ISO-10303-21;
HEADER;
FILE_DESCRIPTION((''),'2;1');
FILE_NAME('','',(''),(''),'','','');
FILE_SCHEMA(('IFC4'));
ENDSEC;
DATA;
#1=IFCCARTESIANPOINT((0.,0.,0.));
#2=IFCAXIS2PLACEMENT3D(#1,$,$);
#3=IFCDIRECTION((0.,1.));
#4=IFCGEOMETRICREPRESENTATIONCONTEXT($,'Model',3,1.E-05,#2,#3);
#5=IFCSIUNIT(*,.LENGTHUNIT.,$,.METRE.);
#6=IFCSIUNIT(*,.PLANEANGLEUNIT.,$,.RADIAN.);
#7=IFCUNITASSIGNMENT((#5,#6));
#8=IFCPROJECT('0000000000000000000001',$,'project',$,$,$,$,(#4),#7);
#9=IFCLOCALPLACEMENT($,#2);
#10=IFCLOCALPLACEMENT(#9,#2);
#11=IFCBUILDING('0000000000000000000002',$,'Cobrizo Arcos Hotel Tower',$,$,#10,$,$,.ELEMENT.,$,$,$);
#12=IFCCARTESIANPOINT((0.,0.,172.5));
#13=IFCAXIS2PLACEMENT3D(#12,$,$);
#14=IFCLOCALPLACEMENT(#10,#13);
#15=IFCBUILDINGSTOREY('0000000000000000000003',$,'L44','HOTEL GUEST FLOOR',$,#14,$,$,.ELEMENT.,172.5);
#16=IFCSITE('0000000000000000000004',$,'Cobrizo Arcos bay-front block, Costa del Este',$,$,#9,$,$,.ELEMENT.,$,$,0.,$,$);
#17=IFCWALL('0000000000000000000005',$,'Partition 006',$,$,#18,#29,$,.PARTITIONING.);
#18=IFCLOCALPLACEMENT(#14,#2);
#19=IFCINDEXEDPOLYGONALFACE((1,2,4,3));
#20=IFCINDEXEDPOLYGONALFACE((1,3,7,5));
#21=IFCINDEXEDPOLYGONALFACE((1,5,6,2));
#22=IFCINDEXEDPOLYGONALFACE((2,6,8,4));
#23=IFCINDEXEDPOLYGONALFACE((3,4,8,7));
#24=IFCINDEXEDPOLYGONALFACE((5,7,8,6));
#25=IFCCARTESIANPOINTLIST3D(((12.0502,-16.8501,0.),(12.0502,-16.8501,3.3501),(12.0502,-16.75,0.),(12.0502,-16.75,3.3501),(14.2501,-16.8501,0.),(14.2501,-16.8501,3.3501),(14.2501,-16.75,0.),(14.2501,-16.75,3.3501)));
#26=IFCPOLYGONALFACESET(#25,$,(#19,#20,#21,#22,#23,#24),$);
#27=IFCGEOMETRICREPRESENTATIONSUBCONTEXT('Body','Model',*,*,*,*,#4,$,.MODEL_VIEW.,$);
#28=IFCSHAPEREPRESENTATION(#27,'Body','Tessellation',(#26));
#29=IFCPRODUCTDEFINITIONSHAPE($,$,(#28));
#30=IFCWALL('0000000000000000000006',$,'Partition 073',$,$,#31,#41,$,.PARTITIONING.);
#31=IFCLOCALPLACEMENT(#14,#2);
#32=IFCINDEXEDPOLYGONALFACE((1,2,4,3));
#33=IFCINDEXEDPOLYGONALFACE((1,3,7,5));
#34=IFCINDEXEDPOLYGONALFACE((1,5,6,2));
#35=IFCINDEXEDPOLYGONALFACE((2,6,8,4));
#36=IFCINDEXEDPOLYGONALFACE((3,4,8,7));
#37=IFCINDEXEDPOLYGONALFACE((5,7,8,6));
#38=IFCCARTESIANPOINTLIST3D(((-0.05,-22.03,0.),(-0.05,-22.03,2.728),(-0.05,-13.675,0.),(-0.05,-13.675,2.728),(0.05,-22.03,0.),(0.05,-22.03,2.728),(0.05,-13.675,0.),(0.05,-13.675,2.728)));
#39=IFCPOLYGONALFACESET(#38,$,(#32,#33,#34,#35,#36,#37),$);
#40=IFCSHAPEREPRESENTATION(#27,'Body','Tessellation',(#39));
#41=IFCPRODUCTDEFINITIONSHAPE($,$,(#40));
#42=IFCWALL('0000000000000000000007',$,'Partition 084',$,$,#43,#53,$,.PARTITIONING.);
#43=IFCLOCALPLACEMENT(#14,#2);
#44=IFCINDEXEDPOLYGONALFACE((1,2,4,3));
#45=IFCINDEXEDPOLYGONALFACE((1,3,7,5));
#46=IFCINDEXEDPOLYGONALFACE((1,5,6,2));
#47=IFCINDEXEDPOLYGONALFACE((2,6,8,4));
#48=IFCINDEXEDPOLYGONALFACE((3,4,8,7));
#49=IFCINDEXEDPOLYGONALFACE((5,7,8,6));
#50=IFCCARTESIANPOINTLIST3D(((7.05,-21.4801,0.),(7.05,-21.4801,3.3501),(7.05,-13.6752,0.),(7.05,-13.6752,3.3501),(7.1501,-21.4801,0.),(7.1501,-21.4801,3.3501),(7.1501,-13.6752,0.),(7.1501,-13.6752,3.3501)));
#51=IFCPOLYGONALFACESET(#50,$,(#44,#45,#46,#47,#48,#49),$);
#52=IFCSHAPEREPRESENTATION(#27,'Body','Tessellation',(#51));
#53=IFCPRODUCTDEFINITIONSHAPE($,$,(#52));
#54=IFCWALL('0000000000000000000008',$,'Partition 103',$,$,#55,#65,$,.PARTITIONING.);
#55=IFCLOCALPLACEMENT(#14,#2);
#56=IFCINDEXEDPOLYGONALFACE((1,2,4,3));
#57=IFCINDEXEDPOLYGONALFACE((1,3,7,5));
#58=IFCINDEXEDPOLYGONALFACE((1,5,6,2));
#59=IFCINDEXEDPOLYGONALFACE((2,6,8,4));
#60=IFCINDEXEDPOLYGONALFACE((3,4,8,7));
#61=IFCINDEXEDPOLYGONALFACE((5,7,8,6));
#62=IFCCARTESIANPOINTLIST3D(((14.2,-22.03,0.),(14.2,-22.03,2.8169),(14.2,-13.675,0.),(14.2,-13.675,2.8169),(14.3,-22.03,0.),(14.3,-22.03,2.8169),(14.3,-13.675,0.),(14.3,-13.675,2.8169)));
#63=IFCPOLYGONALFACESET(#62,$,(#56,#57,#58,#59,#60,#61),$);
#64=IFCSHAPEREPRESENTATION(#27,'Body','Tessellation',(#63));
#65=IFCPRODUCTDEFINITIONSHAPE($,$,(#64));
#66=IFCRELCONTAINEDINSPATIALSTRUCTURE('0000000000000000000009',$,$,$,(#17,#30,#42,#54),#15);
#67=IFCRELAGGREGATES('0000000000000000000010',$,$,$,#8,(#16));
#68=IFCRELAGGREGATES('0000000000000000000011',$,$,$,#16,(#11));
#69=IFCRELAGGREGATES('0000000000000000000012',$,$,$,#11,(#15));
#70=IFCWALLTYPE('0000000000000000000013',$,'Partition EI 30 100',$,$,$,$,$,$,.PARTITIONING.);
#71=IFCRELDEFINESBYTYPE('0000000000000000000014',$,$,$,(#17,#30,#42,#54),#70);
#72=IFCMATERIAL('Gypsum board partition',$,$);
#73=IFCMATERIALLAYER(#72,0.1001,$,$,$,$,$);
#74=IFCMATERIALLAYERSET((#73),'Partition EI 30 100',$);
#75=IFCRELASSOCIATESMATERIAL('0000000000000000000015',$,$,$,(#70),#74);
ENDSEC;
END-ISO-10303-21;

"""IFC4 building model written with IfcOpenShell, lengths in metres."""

from ifc_helpers import new_model, si_unit, direction, frame, frame_2d, origin, place, context, subcontext, project, spatial, rectangle, extrude, material, layer, layer_set, type_object, element, save


model = new_model("IFC4")

# Units and contexts
model_context = context("Model", 3, precision=1e-05, world=origin(), true_north=direction((0.0, 1.0)))
body_context = subcontext(model_context, "Body", "Model", "MODEL_VIEW")
ifc_project = project(units=[si_unit("LENGTHUNIT", "METRE"), si_unit("PLANEANGLEUNIT", "RADIAN")], contexts=[model_context])

# Site, building, storey
site_placement = place(None, origin())
site = spatial("IfcSite", under=ifc_project, at=site_placement, Name="Cobrizo Arcos bay-front block, Costa del Este", CompositionType="ELEMENT", RefElevation=0.0)
building_placement = place(site_placement, origin())
building = spatial("IfcBuilding", under=site, at=building_placement, Name="Cobrizo Arcos Hotel Tower", CompositionType="ELEMENT")
storey_placement = place(building_placement, frame((0.0, 0.0, 172.5)))
storey = spatial("IfcBuildingStorey", under=building, at=storey_placement, Name="L44", Description="HOTEL GUEST FLOOR", CompositionType="ELEMENT", Elevation=172.5)

# Shared definitions
ifc_material_1 = material(Name="Gypsum board partition")
ifc_layer_1 = layer(ifc_material_1, 0.1001)
ifc_layer_set_1 = layer_set([ifc_layer_1], Name="Partition EI 30 100")
wall_type = type_object("IfcWallType", Name="Partition EI 30 100", PredefinedType="PARTITIONING", material=ifc_layer_set_1)

# Walls
wall_1_placement = place(storey_placement, frame((12.05, -16.8, 0.0), z_axis=(0.0, 0.0, 1.0), x_axis=(1.0, 0.0, 0.0)))
element("IfcWall", 1, at=wall_1_placement, inside=storey, type_object=wall_type, Name="Partition 006", PredefinedType="PARTITIONING", context=body_context, shape_type="SweptSolid", body=[
    extrude(rectangle(XDim=2.2, YDim=0.1001, at=frame_2d((1.1001, 0.0))), origin(), (0.0, 0.0, 1.0), 3.3501),
])
wall_2_placement = place(storey_placement, frame((0.0, -22.03, 0.0), z_axis=(0.0, 0.0, 1.0), x_axis=(0.0, 1.0, 0.0)))
element("IfcWall", 2, at=wall_2_placement, inside=storey, type_object=wall_type, Name="Partition 073", PredefinedType="PARTITIONING", context=body_context, shape_type="SweptSolid", body=[
    extrude(rectangle(XDim=8.355, YDim=0.1001, at=frame_2d((4.1775, 0.0))), origin(), (0.0, 0.0, 1.0), 2.728),
])
wall_3_placement = place(storey_placement, frame((7.1001, -21.48, 0.0), z_axis=(0.0, 0.0, 1.0), x_axis=(0.0, 1.0, 0.0)))
element("IfcWall", 3, at=wall_3_placement, inside=storey, type_object=wall_type, Name="Partition 084", PredefinedType="PARTITIONING", context=body_context, shape_type="SweptSolid", body=[
    extrude(rectangle(XDim=7.8049, YDim=0.1001, at=frame_2d((3.9023, 0.0))), origin(), (0.0, 0.0, 1.0), 3.3501),
])
wall_4_placement = place(storey_placement, frame((14.25, -22.03, 0.0), z_axis=(0.0, 0.0, 1.0), x_axis=(0.0, 1.0, 0.0)))
element("IfcWall", 4, at=wall_4_placement, inside=storey, type_object=wall_type, Name="Partition 103", PredefinedType="PARTITIONING", context=body_context, shape_type="SweptSolid", body=[
    extrude(rectangle(XDim=8.355, YDim=0.1001, at=frame_2d((4.1775, 0.0))), origin(), (0.0, 0.0, 1.0), 2.8169),
])

save(model, "model.ifc")
